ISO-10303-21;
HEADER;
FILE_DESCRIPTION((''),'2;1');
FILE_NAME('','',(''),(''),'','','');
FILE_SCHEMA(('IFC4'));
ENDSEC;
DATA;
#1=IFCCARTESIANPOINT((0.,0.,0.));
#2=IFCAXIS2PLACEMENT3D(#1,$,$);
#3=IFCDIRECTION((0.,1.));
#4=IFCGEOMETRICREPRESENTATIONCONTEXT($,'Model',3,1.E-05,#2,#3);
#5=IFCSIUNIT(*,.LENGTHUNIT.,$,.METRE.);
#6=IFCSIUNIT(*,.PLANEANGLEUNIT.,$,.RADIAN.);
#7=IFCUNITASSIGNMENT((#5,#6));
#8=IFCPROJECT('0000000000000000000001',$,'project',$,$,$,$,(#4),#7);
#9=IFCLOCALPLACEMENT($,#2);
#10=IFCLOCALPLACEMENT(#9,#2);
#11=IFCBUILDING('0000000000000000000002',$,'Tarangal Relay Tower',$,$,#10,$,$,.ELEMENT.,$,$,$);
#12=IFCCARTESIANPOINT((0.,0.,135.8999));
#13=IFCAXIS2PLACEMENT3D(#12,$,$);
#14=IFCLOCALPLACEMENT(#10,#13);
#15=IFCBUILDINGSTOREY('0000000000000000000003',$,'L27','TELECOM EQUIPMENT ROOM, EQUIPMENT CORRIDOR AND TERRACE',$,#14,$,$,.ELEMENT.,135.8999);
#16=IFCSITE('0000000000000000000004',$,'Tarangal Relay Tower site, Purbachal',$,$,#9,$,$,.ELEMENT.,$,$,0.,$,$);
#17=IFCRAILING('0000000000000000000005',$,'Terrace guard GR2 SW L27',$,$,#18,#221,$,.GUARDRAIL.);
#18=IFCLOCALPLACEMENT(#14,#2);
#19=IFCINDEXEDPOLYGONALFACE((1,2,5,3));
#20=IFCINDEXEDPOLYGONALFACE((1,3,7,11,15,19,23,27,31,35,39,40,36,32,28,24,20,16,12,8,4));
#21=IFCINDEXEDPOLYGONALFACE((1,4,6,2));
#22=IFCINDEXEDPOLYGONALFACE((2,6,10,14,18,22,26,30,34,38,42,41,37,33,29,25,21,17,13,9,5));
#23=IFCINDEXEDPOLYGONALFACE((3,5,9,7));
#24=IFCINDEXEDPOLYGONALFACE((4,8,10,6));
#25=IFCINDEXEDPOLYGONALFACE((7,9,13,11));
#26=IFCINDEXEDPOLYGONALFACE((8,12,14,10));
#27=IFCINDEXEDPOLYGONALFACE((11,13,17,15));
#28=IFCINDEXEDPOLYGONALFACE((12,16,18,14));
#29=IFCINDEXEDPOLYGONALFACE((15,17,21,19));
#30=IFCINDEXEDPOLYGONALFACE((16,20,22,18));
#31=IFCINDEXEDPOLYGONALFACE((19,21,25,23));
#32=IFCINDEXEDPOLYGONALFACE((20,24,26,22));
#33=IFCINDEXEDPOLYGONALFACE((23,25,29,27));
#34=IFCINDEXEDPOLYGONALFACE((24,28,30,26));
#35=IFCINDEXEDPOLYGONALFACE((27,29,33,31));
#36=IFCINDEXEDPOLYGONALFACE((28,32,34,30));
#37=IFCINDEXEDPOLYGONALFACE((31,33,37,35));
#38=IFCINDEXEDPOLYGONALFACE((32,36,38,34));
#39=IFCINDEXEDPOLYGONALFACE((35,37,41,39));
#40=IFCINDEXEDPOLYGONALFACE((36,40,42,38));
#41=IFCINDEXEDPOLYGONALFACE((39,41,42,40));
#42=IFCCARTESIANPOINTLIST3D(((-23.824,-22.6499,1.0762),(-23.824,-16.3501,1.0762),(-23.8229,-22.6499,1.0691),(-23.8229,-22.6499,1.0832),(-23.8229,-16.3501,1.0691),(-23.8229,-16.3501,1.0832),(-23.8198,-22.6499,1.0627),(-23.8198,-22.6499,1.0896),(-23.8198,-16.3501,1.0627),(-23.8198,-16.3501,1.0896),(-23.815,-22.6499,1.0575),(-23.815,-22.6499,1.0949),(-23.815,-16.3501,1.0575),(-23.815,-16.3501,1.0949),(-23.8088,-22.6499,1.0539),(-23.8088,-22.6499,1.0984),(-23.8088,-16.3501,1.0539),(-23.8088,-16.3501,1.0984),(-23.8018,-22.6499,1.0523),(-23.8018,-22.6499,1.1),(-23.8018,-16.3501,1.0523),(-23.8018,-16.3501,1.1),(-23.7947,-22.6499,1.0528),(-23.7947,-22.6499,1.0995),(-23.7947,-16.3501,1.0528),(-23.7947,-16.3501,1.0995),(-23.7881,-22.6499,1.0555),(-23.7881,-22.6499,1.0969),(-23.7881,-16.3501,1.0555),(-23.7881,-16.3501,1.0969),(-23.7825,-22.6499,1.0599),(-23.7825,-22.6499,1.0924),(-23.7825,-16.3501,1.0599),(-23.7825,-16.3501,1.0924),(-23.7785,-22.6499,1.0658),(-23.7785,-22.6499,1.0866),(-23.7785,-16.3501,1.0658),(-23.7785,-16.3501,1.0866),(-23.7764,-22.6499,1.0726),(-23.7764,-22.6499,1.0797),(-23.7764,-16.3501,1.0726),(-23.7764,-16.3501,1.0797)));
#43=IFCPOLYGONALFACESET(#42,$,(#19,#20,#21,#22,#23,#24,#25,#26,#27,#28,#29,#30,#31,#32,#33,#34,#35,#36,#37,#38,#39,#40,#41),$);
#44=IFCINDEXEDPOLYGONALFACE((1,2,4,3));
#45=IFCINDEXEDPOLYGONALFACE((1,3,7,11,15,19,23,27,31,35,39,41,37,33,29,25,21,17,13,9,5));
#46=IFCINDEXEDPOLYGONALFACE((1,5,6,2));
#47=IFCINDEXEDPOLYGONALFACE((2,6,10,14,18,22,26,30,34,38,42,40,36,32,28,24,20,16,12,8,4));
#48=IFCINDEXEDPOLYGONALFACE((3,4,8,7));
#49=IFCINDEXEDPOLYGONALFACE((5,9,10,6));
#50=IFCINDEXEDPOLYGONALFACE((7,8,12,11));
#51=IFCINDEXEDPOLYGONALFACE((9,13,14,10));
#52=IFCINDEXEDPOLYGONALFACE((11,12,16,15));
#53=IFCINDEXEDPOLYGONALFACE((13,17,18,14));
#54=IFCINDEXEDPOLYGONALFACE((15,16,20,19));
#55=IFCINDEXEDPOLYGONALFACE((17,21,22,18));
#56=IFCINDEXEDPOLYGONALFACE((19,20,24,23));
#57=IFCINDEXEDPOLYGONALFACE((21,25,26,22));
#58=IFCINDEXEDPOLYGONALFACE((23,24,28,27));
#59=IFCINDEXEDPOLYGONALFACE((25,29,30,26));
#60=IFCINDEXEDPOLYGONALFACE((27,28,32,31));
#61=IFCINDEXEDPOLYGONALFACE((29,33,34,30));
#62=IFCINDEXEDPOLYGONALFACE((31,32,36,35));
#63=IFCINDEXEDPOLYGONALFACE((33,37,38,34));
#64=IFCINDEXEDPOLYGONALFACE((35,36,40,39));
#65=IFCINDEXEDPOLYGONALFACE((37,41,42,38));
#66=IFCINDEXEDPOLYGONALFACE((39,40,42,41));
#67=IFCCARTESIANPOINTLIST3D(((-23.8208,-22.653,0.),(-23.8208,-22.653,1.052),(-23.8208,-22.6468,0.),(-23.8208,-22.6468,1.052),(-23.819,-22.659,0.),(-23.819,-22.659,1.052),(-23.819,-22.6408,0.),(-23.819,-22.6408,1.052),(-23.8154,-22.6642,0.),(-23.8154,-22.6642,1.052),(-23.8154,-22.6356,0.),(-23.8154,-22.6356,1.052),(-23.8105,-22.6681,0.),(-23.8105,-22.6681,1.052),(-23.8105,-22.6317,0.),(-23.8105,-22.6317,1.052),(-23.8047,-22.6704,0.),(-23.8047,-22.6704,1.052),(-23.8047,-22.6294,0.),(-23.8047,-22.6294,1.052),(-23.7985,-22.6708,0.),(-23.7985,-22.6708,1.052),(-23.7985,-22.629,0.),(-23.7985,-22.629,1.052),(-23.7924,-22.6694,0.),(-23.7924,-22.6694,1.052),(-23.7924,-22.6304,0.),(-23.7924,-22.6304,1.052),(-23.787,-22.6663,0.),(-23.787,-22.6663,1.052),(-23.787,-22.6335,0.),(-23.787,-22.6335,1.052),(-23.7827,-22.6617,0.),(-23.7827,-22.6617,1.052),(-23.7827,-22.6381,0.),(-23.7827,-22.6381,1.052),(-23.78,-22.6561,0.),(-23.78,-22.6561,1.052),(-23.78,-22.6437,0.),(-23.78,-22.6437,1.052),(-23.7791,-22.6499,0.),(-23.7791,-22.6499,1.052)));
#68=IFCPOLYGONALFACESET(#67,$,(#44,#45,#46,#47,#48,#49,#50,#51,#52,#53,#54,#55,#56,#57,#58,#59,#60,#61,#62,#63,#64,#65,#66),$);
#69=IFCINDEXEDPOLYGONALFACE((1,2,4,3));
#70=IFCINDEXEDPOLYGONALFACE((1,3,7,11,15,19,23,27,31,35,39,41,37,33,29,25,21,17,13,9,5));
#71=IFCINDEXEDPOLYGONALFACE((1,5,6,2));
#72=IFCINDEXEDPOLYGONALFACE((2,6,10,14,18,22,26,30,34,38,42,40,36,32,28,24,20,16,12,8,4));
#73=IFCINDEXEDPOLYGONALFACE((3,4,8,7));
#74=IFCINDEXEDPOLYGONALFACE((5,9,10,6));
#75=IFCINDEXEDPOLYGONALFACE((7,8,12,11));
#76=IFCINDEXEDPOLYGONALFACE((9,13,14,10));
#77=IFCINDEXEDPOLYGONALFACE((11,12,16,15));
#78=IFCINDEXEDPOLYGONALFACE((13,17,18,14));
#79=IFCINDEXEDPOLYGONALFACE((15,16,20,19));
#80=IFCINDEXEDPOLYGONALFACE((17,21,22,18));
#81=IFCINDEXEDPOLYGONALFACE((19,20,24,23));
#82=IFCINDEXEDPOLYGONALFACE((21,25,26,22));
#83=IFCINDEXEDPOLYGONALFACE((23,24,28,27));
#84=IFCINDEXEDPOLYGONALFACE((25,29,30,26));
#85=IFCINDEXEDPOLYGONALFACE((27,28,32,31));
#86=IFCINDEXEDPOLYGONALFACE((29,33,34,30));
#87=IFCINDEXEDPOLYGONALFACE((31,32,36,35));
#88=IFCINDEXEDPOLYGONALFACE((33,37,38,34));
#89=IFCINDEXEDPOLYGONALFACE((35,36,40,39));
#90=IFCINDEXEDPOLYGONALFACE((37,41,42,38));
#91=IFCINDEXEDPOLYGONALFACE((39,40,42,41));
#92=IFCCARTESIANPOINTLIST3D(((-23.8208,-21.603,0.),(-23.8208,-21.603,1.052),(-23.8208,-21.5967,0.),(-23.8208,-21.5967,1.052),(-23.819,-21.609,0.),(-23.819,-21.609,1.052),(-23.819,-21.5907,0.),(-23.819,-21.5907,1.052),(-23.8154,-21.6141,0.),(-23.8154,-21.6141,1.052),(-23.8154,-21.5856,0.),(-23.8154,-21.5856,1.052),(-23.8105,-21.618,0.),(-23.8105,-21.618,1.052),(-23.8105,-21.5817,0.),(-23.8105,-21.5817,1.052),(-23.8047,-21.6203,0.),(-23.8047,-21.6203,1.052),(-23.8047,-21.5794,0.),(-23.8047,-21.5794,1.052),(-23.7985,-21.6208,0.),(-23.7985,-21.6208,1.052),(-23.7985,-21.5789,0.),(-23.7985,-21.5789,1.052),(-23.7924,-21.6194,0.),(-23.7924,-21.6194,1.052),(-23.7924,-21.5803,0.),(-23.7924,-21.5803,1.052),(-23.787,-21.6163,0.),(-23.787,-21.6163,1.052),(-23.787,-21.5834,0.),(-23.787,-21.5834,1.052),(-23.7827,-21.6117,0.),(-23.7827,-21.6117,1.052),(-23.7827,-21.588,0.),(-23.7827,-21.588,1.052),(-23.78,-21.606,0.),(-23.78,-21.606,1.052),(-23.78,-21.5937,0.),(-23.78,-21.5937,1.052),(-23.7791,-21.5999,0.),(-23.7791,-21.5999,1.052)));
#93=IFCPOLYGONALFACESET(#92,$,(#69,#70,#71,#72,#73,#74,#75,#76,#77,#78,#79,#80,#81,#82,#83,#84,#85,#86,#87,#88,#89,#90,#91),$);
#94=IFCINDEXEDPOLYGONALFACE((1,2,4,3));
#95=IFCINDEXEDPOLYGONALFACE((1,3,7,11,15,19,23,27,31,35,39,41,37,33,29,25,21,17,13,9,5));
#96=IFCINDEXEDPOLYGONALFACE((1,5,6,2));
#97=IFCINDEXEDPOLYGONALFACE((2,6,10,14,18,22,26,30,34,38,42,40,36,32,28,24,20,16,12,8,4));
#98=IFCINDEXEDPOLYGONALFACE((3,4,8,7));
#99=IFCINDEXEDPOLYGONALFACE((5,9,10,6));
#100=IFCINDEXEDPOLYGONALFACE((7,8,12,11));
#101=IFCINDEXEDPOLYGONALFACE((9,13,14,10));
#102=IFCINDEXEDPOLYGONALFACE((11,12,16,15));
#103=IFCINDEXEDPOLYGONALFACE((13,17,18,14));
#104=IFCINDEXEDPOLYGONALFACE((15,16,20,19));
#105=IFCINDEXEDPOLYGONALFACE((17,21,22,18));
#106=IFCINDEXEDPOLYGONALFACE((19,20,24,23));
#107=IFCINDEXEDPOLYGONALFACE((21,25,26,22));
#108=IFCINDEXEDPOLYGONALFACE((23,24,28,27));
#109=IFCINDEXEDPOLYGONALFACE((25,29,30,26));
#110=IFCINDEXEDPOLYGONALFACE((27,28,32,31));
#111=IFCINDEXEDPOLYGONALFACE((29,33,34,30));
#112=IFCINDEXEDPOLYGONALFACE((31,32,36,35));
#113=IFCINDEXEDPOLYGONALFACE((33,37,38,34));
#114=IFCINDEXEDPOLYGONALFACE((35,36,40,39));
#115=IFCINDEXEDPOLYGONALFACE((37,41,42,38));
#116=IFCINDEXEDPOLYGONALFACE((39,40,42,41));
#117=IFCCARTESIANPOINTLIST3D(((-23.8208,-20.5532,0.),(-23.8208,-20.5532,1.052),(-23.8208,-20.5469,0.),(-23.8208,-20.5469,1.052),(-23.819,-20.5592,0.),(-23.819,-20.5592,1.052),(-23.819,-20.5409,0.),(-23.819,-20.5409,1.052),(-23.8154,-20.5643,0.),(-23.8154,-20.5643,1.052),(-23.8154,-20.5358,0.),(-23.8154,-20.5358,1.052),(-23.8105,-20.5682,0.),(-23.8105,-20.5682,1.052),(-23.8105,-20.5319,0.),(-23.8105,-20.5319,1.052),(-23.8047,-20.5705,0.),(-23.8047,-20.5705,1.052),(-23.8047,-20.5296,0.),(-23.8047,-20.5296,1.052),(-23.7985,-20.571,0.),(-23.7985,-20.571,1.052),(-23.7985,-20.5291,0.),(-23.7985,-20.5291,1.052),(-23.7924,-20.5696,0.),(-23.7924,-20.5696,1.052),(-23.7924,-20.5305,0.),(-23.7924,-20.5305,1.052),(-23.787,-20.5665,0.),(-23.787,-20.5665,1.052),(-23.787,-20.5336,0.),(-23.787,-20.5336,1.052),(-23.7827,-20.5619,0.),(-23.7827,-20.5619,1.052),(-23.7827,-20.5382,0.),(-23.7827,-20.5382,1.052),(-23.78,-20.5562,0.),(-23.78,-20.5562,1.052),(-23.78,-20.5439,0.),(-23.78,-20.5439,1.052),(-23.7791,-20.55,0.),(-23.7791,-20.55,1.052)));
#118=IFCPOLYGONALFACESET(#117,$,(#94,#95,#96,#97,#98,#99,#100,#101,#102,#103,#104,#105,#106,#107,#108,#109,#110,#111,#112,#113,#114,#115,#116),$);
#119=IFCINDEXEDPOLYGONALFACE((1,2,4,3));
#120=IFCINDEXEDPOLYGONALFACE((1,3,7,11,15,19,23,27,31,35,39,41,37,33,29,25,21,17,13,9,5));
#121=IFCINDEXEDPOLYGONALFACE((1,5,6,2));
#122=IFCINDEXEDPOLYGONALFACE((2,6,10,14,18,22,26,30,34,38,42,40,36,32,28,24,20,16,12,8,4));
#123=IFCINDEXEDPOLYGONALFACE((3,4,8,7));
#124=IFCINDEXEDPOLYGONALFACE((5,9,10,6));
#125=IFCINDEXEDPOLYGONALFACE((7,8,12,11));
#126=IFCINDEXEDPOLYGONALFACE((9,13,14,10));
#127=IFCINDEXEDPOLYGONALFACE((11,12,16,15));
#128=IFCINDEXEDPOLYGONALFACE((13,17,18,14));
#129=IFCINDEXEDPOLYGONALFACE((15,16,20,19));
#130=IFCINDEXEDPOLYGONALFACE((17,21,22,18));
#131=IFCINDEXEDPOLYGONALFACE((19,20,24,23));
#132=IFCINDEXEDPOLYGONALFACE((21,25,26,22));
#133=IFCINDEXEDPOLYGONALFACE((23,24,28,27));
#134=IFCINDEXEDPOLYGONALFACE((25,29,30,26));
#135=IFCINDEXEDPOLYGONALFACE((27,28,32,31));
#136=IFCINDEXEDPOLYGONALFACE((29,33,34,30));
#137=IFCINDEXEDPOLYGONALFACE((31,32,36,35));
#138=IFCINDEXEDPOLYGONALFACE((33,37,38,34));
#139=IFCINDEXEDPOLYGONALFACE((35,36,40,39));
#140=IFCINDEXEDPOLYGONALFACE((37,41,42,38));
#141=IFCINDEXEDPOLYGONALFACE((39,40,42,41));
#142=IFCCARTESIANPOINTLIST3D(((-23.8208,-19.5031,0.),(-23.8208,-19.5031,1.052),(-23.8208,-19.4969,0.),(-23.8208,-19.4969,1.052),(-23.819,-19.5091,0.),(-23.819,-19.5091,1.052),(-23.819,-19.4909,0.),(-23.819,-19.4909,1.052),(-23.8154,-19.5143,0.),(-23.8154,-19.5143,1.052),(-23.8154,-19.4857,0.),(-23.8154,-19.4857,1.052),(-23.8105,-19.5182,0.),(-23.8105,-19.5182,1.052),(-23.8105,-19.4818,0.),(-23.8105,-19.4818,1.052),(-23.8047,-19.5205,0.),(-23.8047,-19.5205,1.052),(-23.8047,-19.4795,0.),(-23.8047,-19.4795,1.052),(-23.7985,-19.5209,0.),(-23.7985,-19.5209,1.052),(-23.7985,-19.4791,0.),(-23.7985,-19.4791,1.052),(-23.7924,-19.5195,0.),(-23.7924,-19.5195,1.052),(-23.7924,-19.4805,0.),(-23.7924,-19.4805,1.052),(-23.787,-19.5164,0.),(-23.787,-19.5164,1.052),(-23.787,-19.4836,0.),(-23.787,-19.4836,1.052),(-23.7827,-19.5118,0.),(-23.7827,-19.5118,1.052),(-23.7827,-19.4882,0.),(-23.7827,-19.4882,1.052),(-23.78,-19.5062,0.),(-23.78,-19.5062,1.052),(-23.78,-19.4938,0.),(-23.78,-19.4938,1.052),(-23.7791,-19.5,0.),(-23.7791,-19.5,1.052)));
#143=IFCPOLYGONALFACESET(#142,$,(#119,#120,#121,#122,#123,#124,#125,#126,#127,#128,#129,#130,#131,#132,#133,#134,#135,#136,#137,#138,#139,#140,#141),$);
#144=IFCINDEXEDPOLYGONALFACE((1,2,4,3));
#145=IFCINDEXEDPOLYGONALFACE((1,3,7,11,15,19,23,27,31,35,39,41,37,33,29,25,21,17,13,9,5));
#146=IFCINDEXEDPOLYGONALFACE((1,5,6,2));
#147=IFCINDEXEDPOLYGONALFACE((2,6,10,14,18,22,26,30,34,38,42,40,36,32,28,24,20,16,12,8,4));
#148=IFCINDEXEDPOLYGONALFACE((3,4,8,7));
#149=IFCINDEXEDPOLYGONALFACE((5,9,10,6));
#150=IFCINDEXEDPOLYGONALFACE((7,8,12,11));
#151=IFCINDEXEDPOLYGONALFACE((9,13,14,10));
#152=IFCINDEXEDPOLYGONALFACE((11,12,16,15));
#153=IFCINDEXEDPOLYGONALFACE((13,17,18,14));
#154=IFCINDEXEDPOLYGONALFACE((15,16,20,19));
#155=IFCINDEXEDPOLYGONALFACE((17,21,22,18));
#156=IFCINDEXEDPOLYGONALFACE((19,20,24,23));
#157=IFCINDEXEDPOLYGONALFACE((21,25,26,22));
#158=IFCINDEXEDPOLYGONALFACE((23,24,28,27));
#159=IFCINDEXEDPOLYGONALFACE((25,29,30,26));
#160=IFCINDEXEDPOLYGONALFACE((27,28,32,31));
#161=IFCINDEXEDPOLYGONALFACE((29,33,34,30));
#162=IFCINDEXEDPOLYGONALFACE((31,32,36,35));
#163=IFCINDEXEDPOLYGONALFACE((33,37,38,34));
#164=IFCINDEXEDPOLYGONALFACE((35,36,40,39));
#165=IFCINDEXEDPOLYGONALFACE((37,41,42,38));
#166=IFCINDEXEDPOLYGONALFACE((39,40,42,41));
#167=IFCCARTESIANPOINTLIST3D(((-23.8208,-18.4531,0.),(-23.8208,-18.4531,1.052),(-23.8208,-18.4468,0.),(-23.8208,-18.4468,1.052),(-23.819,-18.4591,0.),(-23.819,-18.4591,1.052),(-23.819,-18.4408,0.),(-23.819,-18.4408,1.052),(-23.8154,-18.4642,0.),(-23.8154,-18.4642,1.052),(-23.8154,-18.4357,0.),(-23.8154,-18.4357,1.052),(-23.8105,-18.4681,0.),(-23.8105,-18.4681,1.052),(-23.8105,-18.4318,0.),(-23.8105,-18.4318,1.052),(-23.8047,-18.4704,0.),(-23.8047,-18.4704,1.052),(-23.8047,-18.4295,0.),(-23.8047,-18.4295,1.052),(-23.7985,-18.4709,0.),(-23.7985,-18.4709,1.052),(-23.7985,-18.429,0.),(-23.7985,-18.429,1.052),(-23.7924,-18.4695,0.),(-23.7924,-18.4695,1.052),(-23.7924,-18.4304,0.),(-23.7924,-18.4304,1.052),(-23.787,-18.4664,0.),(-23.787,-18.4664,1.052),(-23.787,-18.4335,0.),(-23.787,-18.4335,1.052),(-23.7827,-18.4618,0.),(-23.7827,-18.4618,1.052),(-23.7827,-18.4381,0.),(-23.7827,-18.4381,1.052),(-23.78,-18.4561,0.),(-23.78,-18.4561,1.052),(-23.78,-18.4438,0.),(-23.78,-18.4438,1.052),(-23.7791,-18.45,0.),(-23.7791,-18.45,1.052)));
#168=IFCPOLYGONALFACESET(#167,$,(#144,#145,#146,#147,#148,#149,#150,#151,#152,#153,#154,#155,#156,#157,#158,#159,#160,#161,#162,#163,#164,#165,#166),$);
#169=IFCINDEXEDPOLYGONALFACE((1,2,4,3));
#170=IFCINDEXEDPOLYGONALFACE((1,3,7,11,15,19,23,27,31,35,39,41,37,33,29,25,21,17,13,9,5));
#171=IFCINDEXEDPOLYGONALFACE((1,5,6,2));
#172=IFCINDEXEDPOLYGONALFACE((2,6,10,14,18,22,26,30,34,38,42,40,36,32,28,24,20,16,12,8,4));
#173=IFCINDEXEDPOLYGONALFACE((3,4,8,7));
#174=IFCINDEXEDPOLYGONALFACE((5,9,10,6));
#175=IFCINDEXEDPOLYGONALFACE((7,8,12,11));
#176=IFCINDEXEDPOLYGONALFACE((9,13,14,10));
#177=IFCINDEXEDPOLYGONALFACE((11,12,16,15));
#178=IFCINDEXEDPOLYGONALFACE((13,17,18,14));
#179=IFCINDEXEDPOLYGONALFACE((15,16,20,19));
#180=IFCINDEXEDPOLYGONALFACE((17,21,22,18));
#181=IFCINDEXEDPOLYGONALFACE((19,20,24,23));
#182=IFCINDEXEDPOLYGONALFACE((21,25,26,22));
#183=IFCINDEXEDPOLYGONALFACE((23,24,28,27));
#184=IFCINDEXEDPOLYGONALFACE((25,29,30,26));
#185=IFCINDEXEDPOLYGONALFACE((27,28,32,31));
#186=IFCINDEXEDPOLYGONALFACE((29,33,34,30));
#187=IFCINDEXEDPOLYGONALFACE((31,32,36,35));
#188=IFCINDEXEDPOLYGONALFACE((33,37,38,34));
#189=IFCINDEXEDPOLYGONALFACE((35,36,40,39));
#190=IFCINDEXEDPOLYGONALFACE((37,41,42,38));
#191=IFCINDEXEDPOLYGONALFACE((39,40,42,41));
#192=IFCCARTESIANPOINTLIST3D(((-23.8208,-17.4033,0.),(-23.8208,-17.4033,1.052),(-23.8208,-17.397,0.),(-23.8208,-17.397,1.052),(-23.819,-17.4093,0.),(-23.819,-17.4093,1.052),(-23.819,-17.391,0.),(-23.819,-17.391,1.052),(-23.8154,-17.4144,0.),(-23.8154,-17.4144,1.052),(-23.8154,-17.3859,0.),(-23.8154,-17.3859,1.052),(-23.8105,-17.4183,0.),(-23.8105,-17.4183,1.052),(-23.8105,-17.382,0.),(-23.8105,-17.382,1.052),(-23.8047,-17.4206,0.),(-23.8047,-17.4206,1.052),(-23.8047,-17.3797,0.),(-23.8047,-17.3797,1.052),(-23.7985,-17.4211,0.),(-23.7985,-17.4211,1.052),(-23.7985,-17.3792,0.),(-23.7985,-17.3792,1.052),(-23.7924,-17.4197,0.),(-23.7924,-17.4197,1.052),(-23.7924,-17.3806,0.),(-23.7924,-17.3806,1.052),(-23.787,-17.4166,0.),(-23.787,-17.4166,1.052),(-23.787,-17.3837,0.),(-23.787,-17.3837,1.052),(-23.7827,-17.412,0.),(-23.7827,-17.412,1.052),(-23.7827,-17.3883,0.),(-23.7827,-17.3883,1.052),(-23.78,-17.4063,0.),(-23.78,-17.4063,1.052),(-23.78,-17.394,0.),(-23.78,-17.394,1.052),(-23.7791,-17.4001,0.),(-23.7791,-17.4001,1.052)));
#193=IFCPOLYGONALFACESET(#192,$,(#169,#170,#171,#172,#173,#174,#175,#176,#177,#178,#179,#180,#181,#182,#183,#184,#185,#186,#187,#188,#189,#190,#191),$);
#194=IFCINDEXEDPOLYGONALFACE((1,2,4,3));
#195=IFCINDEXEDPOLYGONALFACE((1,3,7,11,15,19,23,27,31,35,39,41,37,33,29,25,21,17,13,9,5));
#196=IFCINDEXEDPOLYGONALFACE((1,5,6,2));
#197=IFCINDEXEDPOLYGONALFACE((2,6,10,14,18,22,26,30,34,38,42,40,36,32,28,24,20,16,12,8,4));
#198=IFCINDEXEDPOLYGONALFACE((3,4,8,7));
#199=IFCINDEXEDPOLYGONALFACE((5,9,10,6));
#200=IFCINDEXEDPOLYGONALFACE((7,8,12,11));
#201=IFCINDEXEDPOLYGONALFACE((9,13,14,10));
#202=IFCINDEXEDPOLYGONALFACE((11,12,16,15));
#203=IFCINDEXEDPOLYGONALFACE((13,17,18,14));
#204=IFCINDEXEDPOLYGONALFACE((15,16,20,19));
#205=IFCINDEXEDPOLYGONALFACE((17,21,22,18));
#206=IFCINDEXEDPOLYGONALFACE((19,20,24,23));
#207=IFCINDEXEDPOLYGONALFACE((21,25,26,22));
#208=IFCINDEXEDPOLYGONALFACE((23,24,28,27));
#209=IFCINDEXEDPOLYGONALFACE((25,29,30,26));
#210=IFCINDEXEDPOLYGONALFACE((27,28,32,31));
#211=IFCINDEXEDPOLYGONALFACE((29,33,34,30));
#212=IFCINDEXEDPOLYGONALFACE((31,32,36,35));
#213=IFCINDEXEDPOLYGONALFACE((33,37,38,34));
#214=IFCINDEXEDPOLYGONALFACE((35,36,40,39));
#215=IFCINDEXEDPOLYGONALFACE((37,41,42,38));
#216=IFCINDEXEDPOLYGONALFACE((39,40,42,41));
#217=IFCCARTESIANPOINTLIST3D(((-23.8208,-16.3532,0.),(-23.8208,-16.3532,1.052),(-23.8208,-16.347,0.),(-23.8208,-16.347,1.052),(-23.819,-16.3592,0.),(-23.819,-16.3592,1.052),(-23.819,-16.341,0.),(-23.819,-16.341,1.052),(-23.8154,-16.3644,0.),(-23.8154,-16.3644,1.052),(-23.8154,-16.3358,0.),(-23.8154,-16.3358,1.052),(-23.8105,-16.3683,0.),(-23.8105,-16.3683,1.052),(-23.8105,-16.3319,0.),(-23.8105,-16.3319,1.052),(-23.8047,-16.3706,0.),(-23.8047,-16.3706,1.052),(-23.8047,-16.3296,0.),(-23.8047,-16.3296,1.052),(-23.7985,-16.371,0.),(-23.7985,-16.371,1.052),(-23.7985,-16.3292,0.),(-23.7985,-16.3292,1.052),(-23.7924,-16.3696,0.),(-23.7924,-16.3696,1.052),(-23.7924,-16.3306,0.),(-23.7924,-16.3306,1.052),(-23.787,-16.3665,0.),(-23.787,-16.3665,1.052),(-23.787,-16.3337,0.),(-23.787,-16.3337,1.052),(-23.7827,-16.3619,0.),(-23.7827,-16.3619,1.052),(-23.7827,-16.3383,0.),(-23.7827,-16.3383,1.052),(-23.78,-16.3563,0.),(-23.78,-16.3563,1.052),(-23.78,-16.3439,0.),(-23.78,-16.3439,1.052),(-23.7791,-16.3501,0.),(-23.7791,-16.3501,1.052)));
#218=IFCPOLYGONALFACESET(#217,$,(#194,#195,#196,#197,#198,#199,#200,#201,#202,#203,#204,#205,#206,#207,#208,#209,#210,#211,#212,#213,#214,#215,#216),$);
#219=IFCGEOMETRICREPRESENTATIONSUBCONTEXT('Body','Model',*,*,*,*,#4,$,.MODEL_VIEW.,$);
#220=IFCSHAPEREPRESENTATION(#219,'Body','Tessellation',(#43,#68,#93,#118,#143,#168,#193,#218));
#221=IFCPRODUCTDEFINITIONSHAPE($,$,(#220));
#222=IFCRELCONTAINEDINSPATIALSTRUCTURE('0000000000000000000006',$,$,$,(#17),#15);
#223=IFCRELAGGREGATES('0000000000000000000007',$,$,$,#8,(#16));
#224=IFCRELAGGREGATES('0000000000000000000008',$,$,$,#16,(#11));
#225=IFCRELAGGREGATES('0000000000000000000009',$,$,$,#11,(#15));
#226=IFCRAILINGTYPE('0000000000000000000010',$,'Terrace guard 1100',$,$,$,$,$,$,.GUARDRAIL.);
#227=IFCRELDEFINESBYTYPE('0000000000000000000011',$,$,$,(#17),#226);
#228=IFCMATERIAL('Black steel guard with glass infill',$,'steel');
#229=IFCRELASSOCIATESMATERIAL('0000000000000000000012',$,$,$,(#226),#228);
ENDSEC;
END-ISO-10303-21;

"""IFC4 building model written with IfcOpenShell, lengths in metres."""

from ifc_helpers import new_model, si_unit, direction, frame, origin, origin_2d, place, context, subcontext, project, spatial, circle, extrude, material, type_object, element, save


model = new_model("IFC4")

# Units and contexts
model_context = context("Model", 3, precision=1e-05, world=origin(), true_north=direction((0.0, 1.0)))
body_context = subcontext(model_context, "Body", "Model", "MODEL_VIEW")
ifc_project = project(units=[si_unit("LENGTHUNIT", "METRE"), si_unit("PLANEANGLEUNIT", "RADIAN")], contexts=[model_context])

# Site, building, storey
site_placement = place(None, origin())
site = spatial("IfcSite", under=ifc_project, at=site_placement, Name="Tarangal Relay Tower site, Purbachal", CompositionType="ELEMENT", RefElevation=0.0)
building_placement = place(site_placement, origin())
building = spatial("IfcBuilding", under=site, at=building_placement, Name="Tarangal Relay Tower", CompositionType="ELEMENT")
storey_placement = place(building_placement, frame((0.0, 0.0, 135.8999)))
storey = spatial("IfcBuildingStorey", under=building, at=storey_placement, Name="L27", Description="TELECOM EQUIPMENT ROOM, EQUIPMENT CORRIDOR AND TERRACE", CompositionType="ELEMENT", Elevation=135.8999)

# Railing
ifc_material_1 = material(Name="Black steel guard with glass infill", Category="steel")
railing_type = type_object("IfcRailingType", Name="Terrace guard 1100", PredefinedType="GUARDRAIL", material=ifc_material_1)
railing_1_placement = place(storey_placement, frame((-23.8, -22.6499, 0.0)))
element("IfcRailing", 1, at=railing_1_placement, inside=storey, type_object=railing_type, Name="Terrace guard GR2 SW L27", PredefinedType="GUARDRAIL", context=body_context, shape_type="SweptSolid", body=[
    extrude(circle(Radius=0.0239, at=origin_2d()), frame((0.0, 0.0, 1.0762), z_axis=(0.0, 1.0, 0.0), x_axis=(-1.0, 0.0, 0.0)), (0.0, 0.0, 1.0), 6.2998),
    extrude(circle(Radius=0.021, at=origin_2d()), origin(), (0.0, 0.0, 1.0), 1.052),
    extrude(circle(Radius=0.021, at=origin_2d()), frame((0.0, 1.05, 0.0)), (0.0, 0.0, 1.0), 1.052),
    extrude(circle(Radius=0.021, at=origin_2d()), frame((0.0, 2.0999, 0.0)), (0.0, 0.0, 1.0), 1.052),
    extrude(circle(Radius=0.021, at=origin_2d()), frame((0.0, 3.1499, 0.0)), (0.0, 0.0, 1.0), 1.052),
    extrude(circle(Radius=0.021, at=origin_2d()), frame((0.0, 4.2, 0.0)), (0.0, 0.0, 1.0), 1.052),
    extrude(circle(Radius=0.021, at=origin_2d()), frame((0.0, 5.2498, 0.0)), (0.0, 0.0, 1.0), 1.052),
    extrude(circle(Radius=0.021, at=origin_2d()), frame((0.0, 6.2998, 0.0)), (0.0, 0.0, 1.0), 1.052),
])

save(model, "model.ifc")
